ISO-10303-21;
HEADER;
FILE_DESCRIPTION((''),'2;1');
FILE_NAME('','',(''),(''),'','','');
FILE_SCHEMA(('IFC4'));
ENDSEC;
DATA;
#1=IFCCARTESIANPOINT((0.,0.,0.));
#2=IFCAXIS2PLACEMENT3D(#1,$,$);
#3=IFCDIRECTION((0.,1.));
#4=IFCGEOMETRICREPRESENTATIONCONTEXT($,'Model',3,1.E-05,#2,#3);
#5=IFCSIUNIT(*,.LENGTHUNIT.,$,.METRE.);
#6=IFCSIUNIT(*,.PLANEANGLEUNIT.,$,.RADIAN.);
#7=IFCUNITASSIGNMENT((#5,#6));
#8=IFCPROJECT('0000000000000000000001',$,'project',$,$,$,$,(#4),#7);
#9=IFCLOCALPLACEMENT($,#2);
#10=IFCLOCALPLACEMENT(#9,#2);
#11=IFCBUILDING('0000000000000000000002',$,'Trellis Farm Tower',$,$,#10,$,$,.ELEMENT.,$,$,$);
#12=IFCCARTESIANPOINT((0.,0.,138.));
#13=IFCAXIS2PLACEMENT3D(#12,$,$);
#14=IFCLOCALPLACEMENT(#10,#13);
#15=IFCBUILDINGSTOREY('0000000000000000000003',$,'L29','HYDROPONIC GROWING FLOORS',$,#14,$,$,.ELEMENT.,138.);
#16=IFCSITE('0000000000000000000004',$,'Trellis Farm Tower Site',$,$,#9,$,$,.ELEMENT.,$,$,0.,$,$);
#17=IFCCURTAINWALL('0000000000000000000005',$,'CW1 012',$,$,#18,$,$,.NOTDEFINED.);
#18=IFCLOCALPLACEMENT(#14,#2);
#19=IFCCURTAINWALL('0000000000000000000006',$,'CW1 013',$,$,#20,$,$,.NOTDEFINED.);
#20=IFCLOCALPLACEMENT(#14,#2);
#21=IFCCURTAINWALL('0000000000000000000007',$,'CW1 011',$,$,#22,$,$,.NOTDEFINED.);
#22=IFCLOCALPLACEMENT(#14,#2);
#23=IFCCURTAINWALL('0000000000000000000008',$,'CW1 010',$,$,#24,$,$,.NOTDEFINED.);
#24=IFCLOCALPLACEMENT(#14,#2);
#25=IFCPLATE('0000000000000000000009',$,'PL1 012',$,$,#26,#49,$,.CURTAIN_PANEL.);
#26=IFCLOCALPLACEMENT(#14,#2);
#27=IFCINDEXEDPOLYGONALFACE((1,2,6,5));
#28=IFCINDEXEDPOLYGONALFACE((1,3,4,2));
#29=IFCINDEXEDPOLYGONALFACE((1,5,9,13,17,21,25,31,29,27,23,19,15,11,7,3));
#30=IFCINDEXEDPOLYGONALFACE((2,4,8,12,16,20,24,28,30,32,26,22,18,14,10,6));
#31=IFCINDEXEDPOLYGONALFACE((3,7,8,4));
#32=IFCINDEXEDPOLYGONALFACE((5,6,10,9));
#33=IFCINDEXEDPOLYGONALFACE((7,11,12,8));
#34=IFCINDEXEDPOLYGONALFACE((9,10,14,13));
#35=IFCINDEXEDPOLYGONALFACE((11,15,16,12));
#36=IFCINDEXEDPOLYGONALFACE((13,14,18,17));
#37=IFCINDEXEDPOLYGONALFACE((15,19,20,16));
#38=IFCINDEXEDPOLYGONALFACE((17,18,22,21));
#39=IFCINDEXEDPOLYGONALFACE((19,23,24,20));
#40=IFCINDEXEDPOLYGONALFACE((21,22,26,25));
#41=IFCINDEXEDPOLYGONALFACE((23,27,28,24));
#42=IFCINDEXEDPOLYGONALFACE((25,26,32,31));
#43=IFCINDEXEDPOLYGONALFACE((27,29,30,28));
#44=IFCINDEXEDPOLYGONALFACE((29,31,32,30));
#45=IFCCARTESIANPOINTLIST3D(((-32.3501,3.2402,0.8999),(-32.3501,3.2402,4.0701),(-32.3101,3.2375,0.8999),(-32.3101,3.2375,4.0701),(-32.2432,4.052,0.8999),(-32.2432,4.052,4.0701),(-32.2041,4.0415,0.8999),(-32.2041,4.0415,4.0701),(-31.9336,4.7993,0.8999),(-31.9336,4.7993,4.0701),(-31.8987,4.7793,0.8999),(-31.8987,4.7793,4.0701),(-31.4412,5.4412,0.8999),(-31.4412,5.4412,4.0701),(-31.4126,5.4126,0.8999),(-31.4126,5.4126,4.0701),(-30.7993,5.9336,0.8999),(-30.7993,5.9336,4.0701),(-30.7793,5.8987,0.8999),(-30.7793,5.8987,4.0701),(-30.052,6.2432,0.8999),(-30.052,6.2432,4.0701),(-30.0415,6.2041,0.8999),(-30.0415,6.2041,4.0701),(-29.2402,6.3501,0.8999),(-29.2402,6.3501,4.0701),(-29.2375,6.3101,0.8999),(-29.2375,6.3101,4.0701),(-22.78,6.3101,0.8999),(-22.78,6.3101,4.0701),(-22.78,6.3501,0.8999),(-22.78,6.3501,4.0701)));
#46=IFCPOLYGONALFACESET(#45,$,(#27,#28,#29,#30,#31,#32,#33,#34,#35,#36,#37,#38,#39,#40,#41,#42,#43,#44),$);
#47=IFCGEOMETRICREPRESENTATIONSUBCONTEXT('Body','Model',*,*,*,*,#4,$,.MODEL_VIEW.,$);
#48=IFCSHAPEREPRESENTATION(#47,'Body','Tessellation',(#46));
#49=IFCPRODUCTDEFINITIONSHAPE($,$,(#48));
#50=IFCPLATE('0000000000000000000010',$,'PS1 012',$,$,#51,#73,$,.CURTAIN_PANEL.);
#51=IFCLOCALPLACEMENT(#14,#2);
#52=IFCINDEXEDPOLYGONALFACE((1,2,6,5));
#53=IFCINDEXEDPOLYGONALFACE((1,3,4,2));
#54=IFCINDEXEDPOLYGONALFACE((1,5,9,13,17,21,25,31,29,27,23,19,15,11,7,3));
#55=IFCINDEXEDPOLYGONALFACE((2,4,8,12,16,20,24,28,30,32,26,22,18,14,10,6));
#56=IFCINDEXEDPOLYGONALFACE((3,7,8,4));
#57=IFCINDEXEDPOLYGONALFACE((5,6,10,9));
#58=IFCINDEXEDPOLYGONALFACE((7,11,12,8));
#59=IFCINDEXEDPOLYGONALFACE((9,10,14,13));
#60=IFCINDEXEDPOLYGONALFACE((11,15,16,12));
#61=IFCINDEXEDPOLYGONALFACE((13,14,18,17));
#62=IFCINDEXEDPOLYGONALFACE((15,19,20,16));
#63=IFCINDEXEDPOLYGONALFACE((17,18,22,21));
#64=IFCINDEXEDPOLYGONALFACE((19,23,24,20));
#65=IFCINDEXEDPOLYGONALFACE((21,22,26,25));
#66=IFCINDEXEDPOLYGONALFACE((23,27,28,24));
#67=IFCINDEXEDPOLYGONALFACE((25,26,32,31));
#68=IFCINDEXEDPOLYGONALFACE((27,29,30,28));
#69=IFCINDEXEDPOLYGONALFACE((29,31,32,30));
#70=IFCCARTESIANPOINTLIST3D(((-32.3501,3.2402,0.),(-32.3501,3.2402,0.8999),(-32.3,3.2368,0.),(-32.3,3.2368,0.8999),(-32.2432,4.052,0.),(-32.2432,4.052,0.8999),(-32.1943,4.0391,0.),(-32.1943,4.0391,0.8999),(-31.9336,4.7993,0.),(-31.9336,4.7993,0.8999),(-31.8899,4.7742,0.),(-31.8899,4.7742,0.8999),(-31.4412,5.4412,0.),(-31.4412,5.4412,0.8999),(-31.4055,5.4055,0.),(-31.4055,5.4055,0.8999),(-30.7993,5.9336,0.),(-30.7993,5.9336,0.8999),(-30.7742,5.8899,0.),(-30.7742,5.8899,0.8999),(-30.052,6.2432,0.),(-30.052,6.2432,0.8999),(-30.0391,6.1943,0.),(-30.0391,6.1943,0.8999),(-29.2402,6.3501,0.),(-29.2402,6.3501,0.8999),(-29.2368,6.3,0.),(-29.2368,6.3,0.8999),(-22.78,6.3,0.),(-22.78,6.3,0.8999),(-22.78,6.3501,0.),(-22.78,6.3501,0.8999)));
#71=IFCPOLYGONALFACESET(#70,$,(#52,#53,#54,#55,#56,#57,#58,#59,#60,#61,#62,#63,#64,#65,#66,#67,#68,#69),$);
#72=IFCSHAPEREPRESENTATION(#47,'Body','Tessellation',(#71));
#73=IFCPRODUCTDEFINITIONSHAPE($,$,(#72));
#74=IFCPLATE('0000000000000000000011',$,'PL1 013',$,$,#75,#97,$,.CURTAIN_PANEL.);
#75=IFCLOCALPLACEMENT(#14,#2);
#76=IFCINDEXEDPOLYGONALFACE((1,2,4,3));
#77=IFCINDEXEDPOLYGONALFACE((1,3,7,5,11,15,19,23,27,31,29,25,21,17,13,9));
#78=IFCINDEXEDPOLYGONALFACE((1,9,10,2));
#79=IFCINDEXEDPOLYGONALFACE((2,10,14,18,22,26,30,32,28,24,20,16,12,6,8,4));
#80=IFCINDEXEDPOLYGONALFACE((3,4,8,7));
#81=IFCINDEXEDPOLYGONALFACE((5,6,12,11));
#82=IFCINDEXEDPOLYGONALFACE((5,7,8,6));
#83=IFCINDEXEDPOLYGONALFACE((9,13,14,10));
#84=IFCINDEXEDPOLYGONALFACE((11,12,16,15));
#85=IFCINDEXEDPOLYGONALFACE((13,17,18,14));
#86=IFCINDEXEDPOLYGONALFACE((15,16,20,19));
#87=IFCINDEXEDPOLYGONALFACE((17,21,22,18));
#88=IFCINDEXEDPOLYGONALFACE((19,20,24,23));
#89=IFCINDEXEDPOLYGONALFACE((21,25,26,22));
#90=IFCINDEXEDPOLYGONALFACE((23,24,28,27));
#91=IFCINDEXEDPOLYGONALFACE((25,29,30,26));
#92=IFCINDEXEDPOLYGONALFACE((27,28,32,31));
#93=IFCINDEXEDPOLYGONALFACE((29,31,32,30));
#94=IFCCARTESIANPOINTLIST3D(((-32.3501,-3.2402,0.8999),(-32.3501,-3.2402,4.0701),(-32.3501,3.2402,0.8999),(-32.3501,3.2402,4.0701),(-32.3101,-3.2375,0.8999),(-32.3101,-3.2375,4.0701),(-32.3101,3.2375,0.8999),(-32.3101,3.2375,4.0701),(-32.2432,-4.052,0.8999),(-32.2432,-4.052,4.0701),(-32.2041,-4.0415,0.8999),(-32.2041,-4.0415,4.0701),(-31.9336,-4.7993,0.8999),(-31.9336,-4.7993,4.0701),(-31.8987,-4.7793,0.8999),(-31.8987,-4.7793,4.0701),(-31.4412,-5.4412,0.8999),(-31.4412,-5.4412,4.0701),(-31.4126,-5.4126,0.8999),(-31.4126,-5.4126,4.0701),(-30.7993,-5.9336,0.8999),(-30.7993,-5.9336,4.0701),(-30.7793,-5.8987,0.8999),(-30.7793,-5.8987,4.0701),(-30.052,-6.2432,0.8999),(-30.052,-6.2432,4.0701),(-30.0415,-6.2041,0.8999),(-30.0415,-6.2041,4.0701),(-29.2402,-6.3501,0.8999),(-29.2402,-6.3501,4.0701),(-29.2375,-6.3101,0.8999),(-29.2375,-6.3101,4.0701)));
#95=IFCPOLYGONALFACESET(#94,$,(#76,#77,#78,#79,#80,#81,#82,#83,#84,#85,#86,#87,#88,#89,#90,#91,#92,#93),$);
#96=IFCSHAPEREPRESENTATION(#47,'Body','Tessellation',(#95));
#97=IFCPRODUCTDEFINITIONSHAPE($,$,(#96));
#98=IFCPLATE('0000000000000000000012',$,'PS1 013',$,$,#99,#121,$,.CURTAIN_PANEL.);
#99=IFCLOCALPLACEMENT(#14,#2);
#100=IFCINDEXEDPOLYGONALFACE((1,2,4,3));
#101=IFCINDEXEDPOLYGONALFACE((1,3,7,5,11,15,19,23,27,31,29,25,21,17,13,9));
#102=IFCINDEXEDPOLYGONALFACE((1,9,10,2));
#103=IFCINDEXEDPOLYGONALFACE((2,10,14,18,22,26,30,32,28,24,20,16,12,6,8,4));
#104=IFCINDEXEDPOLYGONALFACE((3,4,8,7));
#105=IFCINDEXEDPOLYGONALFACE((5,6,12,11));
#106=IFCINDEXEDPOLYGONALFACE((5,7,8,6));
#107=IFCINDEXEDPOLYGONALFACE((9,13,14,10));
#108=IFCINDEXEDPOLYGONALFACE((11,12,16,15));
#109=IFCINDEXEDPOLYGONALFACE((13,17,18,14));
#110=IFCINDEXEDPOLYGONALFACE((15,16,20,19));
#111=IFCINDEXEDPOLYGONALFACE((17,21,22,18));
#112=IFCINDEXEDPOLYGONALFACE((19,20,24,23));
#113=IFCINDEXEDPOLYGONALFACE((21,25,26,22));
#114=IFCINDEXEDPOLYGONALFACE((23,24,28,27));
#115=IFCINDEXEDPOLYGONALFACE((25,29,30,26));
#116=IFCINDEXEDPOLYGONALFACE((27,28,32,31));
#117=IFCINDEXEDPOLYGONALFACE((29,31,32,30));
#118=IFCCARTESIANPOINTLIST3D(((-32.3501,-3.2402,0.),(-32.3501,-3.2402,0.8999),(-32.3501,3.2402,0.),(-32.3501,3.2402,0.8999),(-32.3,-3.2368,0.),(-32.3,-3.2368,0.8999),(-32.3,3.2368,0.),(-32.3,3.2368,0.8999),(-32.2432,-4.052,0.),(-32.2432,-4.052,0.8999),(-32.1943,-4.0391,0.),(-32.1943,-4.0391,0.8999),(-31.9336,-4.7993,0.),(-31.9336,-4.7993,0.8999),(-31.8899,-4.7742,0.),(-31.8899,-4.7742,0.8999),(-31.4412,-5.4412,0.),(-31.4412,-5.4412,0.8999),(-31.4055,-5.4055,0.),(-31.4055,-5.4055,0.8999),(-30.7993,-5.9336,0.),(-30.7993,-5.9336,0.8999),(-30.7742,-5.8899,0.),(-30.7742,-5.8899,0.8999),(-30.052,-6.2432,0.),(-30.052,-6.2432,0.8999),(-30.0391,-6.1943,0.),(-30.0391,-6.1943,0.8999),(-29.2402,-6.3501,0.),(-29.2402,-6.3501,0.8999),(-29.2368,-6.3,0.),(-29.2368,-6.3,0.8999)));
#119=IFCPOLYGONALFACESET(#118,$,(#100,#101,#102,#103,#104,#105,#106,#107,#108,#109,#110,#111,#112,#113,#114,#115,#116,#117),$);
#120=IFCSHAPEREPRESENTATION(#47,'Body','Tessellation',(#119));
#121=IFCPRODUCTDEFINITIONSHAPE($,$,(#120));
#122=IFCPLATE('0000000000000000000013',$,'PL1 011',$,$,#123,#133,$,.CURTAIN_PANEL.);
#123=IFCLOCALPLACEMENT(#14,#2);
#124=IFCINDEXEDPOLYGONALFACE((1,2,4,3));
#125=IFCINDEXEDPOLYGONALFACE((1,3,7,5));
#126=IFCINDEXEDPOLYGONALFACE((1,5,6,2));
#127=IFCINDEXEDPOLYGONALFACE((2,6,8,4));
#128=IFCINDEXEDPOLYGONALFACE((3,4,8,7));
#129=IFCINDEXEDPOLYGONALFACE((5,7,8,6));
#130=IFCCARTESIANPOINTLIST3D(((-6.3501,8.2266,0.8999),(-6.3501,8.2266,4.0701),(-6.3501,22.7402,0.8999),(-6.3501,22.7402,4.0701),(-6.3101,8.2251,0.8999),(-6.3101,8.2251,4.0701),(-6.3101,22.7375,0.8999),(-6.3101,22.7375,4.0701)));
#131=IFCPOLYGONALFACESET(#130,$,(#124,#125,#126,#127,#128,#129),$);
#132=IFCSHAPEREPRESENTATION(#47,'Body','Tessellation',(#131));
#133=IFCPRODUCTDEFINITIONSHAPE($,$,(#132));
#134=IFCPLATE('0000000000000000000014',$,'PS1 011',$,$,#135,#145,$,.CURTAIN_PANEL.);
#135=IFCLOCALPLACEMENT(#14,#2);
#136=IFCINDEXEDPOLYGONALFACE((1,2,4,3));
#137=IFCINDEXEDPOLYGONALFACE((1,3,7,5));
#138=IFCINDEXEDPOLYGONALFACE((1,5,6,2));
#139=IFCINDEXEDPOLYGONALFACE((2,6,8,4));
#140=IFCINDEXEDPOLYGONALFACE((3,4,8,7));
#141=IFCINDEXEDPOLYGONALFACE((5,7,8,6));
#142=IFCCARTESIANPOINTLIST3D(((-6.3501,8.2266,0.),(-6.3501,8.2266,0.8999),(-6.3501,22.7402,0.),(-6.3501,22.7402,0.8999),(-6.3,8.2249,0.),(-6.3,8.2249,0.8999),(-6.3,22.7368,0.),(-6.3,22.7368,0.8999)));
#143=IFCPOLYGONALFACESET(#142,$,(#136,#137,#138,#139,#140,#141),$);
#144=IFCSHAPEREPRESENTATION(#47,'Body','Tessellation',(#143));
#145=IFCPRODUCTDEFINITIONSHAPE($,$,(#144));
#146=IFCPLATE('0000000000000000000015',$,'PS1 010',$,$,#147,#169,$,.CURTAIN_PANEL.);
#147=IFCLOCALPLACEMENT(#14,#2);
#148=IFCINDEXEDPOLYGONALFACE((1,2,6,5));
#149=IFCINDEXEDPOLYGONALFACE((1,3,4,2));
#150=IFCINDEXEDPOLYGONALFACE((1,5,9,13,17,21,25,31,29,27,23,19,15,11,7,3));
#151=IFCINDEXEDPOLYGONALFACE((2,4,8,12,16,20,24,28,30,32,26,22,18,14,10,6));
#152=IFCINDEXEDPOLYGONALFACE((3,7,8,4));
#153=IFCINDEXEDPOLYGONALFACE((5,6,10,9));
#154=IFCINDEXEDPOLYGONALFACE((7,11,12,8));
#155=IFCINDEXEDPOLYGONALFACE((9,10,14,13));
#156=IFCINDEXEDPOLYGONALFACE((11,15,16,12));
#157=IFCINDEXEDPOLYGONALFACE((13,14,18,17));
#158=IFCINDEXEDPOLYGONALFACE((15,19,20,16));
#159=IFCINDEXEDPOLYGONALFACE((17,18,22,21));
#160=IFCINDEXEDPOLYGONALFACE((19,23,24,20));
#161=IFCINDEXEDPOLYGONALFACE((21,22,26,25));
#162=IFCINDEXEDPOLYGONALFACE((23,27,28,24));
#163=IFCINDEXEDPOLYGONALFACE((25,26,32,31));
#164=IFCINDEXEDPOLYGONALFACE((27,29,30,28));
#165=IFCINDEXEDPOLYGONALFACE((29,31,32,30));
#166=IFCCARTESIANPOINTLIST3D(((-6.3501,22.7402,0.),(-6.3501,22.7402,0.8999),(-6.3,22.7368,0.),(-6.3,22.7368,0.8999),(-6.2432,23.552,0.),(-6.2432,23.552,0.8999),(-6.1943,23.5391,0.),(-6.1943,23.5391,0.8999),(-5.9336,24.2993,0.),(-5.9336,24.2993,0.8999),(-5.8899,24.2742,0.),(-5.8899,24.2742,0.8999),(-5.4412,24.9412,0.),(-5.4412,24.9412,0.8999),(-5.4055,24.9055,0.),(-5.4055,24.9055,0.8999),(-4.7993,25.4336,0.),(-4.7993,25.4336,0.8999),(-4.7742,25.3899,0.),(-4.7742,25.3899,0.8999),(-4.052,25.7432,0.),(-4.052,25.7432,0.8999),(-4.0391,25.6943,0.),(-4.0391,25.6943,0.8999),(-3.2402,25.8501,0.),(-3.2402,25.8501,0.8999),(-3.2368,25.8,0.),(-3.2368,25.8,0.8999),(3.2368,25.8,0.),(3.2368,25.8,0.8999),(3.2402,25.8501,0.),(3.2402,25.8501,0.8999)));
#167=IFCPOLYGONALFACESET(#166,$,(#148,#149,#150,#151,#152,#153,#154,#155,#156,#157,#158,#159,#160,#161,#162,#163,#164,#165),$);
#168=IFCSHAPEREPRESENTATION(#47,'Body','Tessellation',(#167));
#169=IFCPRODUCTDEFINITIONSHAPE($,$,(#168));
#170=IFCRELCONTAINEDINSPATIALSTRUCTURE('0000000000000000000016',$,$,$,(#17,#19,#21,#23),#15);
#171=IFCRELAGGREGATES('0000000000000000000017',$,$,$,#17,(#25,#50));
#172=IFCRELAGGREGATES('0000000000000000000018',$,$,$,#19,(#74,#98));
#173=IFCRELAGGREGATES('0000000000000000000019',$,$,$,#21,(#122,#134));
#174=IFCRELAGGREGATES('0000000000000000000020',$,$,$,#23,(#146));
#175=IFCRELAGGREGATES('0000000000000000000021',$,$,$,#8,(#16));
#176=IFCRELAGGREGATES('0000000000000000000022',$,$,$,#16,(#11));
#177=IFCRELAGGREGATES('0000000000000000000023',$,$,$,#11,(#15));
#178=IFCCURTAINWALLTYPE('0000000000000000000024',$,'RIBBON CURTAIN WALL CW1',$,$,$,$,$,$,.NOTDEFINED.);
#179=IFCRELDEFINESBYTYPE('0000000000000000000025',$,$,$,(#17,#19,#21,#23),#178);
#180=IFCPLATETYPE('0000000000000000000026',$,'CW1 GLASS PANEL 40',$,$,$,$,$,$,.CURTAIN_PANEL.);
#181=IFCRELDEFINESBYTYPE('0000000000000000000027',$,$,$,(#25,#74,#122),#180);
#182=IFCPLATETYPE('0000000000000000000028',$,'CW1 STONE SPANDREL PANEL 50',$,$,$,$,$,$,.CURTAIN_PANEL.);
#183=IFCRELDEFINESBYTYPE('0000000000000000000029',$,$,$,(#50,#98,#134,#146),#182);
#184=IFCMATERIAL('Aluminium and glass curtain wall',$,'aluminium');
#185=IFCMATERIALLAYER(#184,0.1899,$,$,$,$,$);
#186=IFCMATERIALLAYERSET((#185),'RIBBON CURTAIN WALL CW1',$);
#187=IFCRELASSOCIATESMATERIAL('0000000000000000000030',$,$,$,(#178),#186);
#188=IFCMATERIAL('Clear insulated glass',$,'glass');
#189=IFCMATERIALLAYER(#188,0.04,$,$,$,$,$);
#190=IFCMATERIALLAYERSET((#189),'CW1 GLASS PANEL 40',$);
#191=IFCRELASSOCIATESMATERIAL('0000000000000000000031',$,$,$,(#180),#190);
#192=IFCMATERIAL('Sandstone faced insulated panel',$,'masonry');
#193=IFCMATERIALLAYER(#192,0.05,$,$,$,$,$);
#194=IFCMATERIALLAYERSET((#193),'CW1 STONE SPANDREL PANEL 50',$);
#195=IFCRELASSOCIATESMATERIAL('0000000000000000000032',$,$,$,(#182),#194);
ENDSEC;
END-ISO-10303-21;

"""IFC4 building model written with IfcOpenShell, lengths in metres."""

from ifc_helpers import new_model, si_unit, direction, frame, origin, place, context, subcontext, project, spatial, polyline, outline, extrude, source, transform, mapped, material, layer, layer_set, type_object, element, aggregate, save


model = new_model("IFC4")

# Units and contexts
model_context = context("Model", 3, precision=1e-05, world=origin(), true_north=direction((0.0, 1.0)))
body_context = subcontext(model_context, "Body", "Model", "MODEL_VIEW")
ifc_project = project(units=[si_unit("LENGTHUNIT", "METRE"), si_unit("PLANEANGLEUNIT", "RADIAN")], contexts=[model_context])

# Site, building, storey
site_placement = place(None, origin())
site = spatial("IfcSite", under=ifc_project, at=site_placement, Name="Trellis Farm Tower Site", CompositionType="ELEMENT", RefElevation=0.0)
building_placement = place(site_placement, origin())
building = spatial("IfcBuilding", under=site, at=building_placement, Name="Trellis Farm Tower", CompositionType="ELEMENT")
storey_placement = place(building_placement, frame((0.0, 0.0, 138.0)))
storey = spatial("IfcBuildingStorey", under=building, at=storey_placement, Name="L29", Description="HYDROPONIC GROWING FLOORS", CompositionType="ELEMENT", Elevation=138.0)

# Curtain walls
ifc_material_1 = material(Name="Aluminium and glass curtain wall", Category="aluminium")
placement_1 = place(storey_placement, origin())
ifc_layer_1 = layer(ifc_material_1, 0.1899)
ifc_layer_set_1 = layer_set([ifc_layer_1], Name="RIBBON CURTAIN WALL CW1")
curtain_wall_type_1 = type_object("IfcCurtainWallType", Name="RIBBON CURTAIN WALL CW1", PredefinedType="NOTDEFINED", material=ifc_layer_set_1)
curtain_wall_1 = element("IfcCurtainWall", 1, at=placement_1, inside=storey, type_object=curtain_wall_type_1, Name="CW1 012", PredefinedType="NOTDEFINED")
curtain_wall_2 = element("IfcCurtainWall", 2, at=placement_1, inside=storey, type_object=curtain_wall_type_1, Name="CW1 013", PredefinedType="NOTDEFINED")
curtain_wall_3 = element("IfcCurtainWall", 3, at=placement_1, inside=storey, type_object=curtain_wall_type_1, Name="CW1 011", PredefinedType="NOTDEFINED")
curtain_wall_4 = element("IfcCurtainWall", 4, at=placement_1, inside=storey, type_object=curtain_wall_type_1, Name="CW1 010", PredefinedType="NOTDEFINED")

# Plates
ifc_material_2 = material(Name="Clear insulated glass", Category="glass")
ifc_layer_2 = layer(ifc_material_2, 0.04)
ifc_layer_set_2 = layer_set([ifc_layer_2], Name="CW1 GLASS PANEL 40")
plate_type_1 = type_object("IfcPlateType", Name="CW1 GLASS PANEL 40", PredefinedType="CURTAIN_PANEL", material=ifc_layer_set_2)
shared_shape_1 = source(origin(), body_context, "Body", "SweptSolid", [
    extrude(outline(polyline([(-22.78, 6.3501), (-29.2402, 6.3501), (-30.052, 6.2432), (-30.7993, 5.9336), (-31.4412, 5.4412), (-31.9336, 4.7993), (-32.2432, 4.052), (-32.3501, 3.2402), (-32.3101, 3.2375), (-32.2041, 4.0415), (-31.8987, 4.7793), (-31.4126, 5.4126), (-30.7793, 5.8987), (-30.0415, 6.2041), (-29.2375, 6.3101), (-22.78, 6.3101), (-22.78, 6.3501)])), origin(), (0.0, 0.0, 1.0), 3.1702),
])
placement_2 = place(storey_placement, frame((0.0, 0.0, 0.8999)))
plate_1 = element("IfcPlate", 5, at=placement_2, type_object=plate_type_1, Name="PL1 012", PredefinedType="CURTAIN_PANEL", context=body_context, shape_type="MappedRepresentation", body=[
    mapped(shared_shape_1, transform((0.0, 0.0, 0.0))),
])
ifc_material_3 = material(Name="Sandstone faced insulated panel", Category="masonry")
ifc_layer_3 = layer(ifc_material_3, 0.05)
ifc_layer_set_3 = layer_set([ifc_layer_3], Name="CW1 STONE SPANDREL PANEL 50")
plate_type_2 = type_object("IfcPlateType", Name="CW1 STONE SPANDREL PANEL 50", PredefinedType="CURTAIN_PANEL", material=ifc_layer_set_3)
shared_shape_2 = source(origin(), body_context, "Body", "SweptSolid", [
    extrude(outline(polyline([(-22.78, 6.3501), (-29.2402, 6.3501), (-30.052, 6.2432), (-30.7993, 5.9336), (-31.4412, 5.4412), (-31.9336, 4.7993), (-32.2432, 4.052), (-32.3501, 3.2402), (-32.3, 3.2368), (-32.1943, 4.0391), (-31.8899, 4.7742), (-31.4055, 5.4055), (-30.7742, 5.8899), (-30.0391, 6.1943), (-29.2368, 6.3), (-22.78, 6.3), (-22.78, 6.3501)])), origin(), (0.0, 0.0, 1.0), 0.8999),
])
plate_2 = element("IfcPlate", 6, at=placement_1, type_object=plate_type_2, Name="PS1 012", PredefinedType="CURTAIN_PANEL", context=body_context, shape_type="MappedRepresentation", body=[
    mapped(shared_shape_2, transform((0.0, 0.0, 0.0))),
])
aggregate(curtain_wall_1, [plate_1, plate_2])
shared_shape_3 = source(origin(), body_context, "Body", "SweptSolid", [
    extrude(outline(polyline([(-32.3501, 3.2402), (-32.3501, -3.2402), (-32.2432, -4.052), (-31.9336, -4.7993), (-31.4412, -5.4412), (-30.7993, -5.9336), (-30.052, -6.2432), (-29.2402, -6.3501), (-29.2375, -6.3101), (-30.0415, -6.2041), (-30.7793, -5.8987), (-31.4126, -5.4126), (-31.8987, -4.7793), (-32.2041, -4.0415), (-32.3101, -3.2375), (-32.3101, 3.2375), (-32.3501, 3.2402)])), origin(), (0.0, 0.0, 1.0), 3.1702),
])
plate_3 = element("IfcPlate", 7, at=placement_2, type_object=plate_type_1, Name="PL1 013", PredefinedType="CURTAIN_PANEL", context=body_context, shape_type="MappedRepresentation", body=[
    mapped(shared_shape_3, transform((0.0, 0.0, 0.0))),
])
shared_shape_4 = source(origin(), body_context, "Body", "SweptSolid", [
    extrude(outline(polyline([(-32.3501, 3.2402), (-32.3501, -3.2402), (-32.2432, -4.052), (-31.9336, -4.7993), (-31.4412, -5.4412), (-30.7993, -5.9336), (-30.052, -6.2432), (-29.2402, -6.3501), (-29.2368, -6.3), (-30.0391, -6.1943), (-30.7742, -5.8899), (-31.4055, -5.4055), (-31.8899, -4.7742), (-32.1943, -4.0391), (-32.3, -3.2368), (-32.3, 3.2368), (-32.3501, 3.2402)])), origin(), (0.0, 0.0, 1.0), 0.8999),
])
plate_4 = element("IfcPlate", 8, at=placement_1, type_object=plate_type_2, Name="PS1 013", PredefinedType="CURTAIN_PANEL", context=body_context, shape_type="MappedRepresentation", body=[
    mapped(shared_shape_4, transform((0.0, 0.0, 0.0))),
])
aggregate(curtain_wall_2, [plate_3, plate_4])
shared_shape_5 = source(origin(), body_context, "Body", "SweptSolid", [
    extrude(outline(polyline([(-6.3501, 22.7402), (-6.3501, 8.2266), (-6.3101, 8.2251), (-6.3101, 22.7375), (-6.3501, 22.7402)])), origin(), (0.0, 0.0, 1.0), 3.1702),
])
plate_5 = element("IfcPlate", 9, at=placement_2, type_object=plate_type_1, Name="PL1 011", PredefinedType="CURTAIN_PANEL", context=body_context, shape_type="MappedRepresentation", body=[
    mapped(shared_shape_5, transform((0.0, 0.0, 0.0))),
])
shared_shape_6 = source(origin(), body_context, "Body", "SweptSolid", [
    extrude(outline(polyline([(-6.3501, 22.7402), (-6.3501, 8.2266), (-6.3, 8.2249), (-6.3, 22.7368), (-6.3501, 22.7402)])), origin(), (0.0, 0.0, 1.0), 0.8999),
])
plate_6 = element("IfcPlate", 10, at=placement_1, type_object=plate_type_2, Name="PS1 011", PredefinedType="CURTAIN_PANEL", context=body_context, shape_type="MappedRepresentation", body=[
    mapped(shared_shape_6, transform((0.0, 0.0, 0.0))),
])
aggregate(curtain_wall_3, [plate_5, plate_6])
shared_shape_7 = source(origin(), body_context, "Body", "SweptSolid", [
    extrude(outline(polyline([(3.2402, 25.8501), (-3.2402, 25.8501), (-4.052, 25.7432), (-4.7993, 25.4336), (-5.4412, 24.9412), (-5.9336, 24.2993), (-6.2432, 23.552), (-6.3501, 22.7402), (-6.3, 22.7368), (-6.1943, 23.5391), (-5.8899, 24.2742), (-5.4055, 24.9055), (-4.7742, 25.3899), (-4.0391, 25.6943), (-3.2368, 25.8), (3.2368, 25.8), (3.2402, 25.8501)])), origin(), (0.0, 0.0, 1.0), 0.8999),
])
plate_7 = element("IfcPlate", 11, at=placement_1, type_object=plate_type_2, Name="PS1 010", PredefinedType="CURTAIN_PANEL", context=body_context, shape_type="MappedRepresentation", body=[
    mapped(shared_shape_7, transform((0.0, 0.0, 0.0))),
])
aggregate(curtain_wall_4, [plate_7])

save(model, "model.ifc")
